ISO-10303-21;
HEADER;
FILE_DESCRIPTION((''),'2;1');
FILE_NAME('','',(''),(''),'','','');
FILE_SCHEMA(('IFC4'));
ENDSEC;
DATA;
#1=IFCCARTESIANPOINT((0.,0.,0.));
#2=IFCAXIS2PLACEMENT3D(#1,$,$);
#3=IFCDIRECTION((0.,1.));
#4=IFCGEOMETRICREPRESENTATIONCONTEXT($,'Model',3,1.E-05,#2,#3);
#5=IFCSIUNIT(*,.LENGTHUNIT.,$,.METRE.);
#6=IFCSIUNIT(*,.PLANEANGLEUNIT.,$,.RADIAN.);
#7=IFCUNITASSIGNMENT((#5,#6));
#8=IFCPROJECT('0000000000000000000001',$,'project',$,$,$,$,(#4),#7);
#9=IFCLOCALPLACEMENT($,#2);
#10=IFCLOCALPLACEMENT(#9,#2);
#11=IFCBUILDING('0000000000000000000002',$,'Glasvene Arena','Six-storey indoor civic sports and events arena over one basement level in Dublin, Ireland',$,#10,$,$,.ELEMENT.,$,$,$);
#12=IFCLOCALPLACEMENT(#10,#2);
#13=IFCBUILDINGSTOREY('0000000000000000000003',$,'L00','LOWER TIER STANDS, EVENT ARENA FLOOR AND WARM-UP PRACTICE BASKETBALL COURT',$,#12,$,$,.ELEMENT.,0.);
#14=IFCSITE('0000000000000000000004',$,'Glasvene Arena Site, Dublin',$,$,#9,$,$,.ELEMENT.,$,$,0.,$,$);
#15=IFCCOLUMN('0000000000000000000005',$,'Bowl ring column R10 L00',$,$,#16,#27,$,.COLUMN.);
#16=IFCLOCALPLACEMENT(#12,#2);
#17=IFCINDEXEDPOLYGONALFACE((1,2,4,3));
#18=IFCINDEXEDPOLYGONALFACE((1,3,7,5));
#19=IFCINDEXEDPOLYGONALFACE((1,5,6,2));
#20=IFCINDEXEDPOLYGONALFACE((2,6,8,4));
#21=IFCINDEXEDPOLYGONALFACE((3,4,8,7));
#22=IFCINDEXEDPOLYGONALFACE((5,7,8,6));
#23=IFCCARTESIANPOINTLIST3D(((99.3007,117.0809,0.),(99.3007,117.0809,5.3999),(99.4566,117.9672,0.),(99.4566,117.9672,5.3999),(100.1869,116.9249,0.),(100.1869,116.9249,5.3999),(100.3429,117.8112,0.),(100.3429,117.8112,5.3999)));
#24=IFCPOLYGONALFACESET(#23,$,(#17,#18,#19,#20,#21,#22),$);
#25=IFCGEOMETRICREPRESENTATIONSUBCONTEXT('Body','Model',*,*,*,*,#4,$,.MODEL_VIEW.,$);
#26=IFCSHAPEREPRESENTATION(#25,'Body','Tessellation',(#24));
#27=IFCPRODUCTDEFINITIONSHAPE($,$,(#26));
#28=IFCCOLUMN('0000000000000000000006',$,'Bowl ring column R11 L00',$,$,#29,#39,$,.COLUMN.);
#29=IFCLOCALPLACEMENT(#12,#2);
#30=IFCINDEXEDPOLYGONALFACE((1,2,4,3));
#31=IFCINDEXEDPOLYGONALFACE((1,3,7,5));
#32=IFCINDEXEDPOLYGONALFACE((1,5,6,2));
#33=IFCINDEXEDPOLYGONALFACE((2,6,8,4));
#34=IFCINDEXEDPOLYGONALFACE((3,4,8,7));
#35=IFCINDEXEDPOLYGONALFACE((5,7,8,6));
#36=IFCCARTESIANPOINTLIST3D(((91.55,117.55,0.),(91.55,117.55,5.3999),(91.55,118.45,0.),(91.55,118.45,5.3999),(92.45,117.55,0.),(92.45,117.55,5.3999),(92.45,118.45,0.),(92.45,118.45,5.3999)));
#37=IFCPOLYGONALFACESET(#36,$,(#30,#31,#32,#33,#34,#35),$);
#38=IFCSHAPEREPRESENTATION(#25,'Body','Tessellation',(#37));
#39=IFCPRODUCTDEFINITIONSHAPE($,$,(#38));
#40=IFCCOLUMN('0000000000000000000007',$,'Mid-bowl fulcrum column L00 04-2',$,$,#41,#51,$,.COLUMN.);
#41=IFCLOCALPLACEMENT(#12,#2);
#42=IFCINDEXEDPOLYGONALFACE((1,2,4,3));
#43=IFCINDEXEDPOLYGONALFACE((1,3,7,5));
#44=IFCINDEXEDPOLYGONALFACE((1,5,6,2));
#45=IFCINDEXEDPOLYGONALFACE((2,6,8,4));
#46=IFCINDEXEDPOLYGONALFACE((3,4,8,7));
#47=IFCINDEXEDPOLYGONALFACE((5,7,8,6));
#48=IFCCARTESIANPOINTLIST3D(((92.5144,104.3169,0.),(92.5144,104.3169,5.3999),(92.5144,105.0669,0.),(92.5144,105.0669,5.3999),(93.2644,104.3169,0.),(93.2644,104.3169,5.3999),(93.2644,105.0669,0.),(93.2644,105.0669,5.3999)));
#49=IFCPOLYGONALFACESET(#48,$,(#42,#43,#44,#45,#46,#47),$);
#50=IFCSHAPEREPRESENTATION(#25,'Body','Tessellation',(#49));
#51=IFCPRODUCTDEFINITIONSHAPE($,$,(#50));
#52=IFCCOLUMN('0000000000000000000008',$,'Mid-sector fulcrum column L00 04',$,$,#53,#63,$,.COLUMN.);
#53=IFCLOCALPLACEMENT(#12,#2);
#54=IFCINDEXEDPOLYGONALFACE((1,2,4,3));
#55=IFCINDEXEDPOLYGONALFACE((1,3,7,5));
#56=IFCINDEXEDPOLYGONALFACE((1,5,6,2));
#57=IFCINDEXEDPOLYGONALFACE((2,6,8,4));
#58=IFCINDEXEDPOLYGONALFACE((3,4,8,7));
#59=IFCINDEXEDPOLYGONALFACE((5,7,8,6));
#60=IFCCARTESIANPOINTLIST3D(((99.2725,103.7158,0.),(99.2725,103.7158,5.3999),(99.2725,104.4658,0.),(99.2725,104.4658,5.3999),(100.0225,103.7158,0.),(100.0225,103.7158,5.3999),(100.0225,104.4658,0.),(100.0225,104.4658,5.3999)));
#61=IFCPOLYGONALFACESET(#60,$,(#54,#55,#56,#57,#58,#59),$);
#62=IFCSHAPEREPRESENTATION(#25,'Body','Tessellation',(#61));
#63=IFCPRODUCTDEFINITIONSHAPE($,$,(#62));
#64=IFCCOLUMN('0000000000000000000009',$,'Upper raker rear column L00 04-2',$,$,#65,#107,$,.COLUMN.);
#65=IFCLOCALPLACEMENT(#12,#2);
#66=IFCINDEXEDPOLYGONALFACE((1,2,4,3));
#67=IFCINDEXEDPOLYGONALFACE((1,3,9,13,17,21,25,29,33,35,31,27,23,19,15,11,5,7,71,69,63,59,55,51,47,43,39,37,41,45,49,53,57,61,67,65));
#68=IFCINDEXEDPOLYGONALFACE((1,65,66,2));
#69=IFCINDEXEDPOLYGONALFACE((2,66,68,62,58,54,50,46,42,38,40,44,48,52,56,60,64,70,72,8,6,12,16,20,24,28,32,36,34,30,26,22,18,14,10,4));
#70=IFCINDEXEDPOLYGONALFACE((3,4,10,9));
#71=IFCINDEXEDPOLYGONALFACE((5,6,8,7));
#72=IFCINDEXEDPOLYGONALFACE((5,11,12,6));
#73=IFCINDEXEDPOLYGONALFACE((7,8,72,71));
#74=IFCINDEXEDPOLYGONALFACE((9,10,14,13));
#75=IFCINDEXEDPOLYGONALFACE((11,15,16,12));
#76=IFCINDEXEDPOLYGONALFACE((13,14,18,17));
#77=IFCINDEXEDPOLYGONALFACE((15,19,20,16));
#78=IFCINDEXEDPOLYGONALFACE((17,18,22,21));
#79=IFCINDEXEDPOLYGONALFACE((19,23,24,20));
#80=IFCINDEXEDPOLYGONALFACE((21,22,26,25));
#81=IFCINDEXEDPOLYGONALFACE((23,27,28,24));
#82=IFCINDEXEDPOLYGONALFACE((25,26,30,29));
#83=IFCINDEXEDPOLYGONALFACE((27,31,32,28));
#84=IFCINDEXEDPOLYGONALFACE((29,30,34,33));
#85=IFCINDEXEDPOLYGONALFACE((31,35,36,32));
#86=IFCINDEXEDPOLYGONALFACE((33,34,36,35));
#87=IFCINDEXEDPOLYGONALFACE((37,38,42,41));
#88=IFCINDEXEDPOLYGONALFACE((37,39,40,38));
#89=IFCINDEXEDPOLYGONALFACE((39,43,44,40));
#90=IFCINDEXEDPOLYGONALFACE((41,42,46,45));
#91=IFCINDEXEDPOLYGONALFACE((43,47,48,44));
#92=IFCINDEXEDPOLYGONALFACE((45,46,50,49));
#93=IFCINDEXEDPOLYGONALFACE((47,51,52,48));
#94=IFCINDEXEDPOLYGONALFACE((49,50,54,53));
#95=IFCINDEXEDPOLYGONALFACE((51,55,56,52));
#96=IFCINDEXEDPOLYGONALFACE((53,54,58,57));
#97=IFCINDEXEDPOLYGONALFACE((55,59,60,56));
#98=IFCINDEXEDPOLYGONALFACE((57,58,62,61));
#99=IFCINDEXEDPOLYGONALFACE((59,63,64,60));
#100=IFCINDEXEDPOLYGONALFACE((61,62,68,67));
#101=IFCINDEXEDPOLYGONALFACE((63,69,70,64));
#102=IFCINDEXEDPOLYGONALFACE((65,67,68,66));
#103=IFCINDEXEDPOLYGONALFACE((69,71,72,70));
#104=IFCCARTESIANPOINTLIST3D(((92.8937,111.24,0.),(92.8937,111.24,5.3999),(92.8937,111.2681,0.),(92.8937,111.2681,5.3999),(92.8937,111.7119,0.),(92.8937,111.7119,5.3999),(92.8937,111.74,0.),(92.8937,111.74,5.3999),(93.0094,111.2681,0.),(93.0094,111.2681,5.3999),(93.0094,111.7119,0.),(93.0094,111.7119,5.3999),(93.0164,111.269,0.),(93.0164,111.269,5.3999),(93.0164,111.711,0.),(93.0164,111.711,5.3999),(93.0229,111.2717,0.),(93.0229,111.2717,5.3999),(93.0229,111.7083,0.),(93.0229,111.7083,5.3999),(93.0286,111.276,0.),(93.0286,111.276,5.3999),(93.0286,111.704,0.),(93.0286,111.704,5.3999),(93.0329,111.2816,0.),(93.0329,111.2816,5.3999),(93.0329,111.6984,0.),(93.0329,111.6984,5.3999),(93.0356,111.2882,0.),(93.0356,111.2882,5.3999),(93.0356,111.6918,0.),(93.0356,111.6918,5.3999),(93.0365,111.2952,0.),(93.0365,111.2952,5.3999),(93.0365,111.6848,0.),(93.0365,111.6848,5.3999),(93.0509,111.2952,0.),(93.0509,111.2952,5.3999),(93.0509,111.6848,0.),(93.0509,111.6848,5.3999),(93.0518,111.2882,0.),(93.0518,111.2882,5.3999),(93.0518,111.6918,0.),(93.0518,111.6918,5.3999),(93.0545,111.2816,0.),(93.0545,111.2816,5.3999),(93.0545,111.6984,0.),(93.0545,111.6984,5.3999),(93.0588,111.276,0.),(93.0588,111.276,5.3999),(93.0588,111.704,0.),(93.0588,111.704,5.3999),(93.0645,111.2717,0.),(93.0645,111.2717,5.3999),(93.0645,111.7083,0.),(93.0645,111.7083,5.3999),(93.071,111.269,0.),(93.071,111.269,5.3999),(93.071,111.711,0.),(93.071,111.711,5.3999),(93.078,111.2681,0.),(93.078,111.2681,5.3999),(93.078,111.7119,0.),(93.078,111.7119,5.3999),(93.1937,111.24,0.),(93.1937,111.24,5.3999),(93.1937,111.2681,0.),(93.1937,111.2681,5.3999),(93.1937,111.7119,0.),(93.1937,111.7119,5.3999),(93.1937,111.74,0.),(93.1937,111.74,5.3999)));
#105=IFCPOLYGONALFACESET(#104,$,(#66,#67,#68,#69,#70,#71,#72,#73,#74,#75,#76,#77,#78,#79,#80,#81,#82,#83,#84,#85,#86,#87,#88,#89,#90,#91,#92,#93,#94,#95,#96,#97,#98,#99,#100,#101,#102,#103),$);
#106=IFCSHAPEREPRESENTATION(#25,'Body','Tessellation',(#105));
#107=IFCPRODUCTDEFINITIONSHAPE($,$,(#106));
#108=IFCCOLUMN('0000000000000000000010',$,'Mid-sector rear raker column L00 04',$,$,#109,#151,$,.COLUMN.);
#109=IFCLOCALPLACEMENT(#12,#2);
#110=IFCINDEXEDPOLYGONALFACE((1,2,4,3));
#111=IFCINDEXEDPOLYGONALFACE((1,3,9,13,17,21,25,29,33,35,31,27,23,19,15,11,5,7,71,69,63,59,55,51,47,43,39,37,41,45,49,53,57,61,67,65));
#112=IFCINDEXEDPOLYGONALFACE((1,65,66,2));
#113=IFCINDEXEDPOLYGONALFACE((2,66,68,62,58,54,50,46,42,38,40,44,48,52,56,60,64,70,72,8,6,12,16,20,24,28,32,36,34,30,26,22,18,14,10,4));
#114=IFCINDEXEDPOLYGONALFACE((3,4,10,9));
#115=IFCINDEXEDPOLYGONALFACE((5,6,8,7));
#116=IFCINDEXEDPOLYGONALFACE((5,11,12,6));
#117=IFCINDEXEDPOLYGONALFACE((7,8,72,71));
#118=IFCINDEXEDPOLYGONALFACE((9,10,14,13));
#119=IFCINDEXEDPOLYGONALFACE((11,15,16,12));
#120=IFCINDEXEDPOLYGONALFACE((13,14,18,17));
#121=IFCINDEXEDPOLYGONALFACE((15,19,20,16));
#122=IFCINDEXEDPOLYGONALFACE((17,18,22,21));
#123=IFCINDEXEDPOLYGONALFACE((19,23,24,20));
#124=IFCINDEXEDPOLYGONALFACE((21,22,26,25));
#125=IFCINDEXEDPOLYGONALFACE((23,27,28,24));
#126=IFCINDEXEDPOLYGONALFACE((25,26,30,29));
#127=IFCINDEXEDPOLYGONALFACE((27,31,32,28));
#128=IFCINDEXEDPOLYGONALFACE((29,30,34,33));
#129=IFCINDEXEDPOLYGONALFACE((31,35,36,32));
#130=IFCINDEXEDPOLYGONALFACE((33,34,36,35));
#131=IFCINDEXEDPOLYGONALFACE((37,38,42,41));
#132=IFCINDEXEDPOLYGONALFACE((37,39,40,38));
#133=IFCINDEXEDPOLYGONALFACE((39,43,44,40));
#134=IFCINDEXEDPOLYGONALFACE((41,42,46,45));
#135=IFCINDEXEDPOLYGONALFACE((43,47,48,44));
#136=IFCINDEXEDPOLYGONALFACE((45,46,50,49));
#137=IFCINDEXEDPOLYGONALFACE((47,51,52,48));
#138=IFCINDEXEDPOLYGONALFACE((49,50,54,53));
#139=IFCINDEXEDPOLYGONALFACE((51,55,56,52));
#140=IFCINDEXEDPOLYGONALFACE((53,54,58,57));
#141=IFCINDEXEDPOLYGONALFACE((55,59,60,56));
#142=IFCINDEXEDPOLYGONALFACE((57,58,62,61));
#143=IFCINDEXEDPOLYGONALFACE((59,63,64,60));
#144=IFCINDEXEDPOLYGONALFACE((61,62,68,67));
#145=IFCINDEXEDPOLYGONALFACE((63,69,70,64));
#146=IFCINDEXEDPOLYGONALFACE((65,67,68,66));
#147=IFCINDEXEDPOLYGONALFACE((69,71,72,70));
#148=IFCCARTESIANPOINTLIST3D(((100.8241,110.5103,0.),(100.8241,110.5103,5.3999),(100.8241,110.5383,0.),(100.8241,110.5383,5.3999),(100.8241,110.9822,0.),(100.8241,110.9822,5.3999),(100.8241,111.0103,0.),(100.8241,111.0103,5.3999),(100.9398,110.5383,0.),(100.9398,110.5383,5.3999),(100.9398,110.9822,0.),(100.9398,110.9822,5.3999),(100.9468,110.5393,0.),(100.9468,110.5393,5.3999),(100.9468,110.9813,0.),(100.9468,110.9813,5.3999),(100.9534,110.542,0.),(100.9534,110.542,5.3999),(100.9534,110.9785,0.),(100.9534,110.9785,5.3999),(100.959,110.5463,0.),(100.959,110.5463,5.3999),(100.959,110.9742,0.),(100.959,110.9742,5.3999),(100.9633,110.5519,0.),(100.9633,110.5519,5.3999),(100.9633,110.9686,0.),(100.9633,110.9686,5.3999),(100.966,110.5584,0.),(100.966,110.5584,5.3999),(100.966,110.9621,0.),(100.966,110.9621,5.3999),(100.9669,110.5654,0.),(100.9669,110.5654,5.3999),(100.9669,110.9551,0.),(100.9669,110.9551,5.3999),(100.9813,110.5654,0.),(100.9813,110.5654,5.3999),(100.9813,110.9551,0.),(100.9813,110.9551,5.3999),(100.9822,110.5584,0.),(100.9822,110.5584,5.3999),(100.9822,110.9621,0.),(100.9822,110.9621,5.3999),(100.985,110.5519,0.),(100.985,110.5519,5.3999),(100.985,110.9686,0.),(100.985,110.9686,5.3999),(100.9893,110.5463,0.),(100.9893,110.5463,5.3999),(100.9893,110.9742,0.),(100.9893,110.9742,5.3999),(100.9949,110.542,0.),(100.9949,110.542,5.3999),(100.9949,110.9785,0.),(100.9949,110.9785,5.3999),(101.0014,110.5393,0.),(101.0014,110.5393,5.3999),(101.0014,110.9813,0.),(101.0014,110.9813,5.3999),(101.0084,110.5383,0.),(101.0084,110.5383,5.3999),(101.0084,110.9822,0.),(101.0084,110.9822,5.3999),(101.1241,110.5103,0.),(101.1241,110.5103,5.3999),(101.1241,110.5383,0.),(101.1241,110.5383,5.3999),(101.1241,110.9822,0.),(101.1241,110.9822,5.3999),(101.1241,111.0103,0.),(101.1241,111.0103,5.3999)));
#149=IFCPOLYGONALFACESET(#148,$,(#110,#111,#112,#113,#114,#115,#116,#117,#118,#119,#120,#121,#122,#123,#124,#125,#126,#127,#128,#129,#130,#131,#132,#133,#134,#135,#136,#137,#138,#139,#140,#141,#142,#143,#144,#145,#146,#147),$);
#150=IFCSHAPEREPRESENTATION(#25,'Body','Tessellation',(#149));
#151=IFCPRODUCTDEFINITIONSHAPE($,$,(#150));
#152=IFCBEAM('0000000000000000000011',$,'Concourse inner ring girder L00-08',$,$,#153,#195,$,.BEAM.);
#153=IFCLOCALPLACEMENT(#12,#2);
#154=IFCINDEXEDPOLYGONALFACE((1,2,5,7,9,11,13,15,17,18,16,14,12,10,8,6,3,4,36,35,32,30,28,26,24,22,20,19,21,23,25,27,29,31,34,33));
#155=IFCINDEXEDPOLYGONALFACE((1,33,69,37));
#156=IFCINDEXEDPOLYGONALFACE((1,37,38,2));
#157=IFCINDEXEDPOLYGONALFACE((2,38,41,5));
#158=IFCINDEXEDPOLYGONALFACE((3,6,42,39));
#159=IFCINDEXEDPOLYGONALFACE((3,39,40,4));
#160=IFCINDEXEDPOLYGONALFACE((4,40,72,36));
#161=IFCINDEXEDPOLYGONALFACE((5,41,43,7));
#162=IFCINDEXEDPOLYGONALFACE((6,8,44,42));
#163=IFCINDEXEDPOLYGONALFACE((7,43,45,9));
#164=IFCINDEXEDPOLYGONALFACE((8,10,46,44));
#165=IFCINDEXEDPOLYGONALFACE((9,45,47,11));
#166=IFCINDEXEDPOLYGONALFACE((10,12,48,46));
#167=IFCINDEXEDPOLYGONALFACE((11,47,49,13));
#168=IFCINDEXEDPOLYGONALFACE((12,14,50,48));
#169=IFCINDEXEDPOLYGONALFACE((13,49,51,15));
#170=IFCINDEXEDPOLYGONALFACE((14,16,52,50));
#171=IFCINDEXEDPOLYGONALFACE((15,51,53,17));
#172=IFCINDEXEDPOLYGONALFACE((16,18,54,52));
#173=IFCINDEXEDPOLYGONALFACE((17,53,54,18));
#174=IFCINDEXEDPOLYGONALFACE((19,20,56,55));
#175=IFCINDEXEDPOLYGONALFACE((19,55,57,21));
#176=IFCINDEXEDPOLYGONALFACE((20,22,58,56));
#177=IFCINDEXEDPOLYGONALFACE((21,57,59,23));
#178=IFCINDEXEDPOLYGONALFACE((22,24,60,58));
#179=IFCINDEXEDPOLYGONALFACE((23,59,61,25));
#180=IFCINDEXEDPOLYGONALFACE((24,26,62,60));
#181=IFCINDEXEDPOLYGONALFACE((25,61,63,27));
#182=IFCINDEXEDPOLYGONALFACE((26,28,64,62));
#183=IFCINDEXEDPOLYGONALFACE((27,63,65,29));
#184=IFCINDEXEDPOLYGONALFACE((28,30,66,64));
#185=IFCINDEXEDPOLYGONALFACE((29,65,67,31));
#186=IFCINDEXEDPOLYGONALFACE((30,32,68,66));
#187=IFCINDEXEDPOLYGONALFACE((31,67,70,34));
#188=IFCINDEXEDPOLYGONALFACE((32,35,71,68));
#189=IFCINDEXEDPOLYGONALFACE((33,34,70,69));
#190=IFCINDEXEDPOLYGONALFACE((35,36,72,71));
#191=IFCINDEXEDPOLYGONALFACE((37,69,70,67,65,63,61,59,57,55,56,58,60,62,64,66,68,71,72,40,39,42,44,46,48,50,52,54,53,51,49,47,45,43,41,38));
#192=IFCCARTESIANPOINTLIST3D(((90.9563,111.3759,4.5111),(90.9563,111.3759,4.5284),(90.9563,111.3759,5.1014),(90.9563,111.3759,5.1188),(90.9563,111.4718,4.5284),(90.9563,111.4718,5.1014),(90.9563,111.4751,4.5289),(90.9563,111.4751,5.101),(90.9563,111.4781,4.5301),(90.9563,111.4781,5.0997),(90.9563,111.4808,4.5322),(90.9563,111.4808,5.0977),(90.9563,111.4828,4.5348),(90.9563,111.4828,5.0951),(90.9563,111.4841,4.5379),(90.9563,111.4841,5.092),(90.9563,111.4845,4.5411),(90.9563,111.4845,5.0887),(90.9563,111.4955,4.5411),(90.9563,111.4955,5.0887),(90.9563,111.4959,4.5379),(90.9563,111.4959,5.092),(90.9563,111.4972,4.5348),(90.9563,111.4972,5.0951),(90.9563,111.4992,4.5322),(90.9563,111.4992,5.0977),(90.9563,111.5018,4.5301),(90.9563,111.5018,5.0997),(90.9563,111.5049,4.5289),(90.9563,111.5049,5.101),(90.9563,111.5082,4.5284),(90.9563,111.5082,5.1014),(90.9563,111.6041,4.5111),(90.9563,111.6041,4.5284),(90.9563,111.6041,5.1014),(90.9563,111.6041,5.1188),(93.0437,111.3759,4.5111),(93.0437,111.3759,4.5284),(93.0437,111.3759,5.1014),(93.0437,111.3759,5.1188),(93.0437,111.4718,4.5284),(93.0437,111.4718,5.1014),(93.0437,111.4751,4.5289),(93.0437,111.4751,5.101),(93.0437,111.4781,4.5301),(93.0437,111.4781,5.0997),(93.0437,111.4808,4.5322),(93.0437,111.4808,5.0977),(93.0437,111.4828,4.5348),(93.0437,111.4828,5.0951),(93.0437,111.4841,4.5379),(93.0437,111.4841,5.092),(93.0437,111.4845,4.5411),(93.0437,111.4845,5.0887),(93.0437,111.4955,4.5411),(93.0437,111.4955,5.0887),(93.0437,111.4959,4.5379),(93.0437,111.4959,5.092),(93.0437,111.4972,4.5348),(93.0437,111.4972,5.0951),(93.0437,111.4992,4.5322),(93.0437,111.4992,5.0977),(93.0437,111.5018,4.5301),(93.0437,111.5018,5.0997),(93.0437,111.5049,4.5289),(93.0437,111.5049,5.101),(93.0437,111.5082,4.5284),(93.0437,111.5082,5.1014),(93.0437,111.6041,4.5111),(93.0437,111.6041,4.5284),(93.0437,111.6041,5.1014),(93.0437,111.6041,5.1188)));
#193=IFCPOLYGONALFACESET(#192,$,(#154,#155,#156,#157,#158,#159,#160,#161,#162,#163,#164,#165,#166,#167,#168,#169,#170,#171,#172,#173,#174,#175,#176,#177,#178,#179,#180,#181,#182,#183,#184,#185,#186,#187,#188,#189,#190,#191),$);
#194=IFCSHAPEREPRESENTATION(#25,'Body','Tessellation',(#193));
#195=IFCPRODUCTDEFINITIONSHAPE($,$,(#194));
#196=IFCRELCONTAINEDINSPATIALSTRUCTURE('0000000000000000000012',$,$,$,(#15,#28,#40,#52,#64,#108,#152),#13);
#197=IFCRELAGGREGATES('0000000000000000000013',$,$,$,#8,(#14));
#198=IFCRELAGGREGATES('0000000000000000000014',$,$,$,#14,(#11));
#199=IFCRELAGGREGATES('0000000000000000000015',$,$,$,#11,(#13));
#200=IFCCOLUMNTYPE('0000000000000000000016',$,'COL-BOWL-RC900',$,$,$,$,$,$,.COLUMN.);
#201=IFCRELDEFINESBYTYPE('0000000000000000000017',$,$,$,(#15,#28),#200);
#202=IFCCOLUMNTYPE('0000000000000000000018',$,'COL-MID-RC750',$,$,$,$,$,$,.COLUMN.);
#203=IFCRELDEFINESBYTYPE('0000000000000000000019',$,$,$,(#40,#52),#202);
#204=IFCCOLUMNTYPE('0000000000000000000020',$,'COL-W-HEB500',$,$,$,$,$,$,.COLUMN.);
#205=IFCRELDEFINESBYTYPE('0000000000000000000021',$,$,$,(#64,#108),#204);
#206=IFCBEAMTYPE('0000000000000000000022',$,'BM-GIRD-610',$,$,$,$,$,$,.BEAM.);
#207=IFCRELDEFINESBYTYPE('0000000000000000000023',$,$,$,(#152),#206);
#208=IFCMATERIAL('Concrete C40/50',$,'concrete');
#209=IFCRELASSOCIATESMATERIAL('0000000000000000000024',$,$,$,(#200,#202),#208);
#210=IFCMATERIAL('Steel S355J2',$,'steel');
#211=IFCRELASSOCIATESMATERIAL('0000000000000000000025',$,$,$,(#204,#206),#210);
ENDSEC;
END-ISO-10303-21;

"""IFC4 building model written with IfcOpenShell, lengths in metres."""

from ifc_helpers import new_model, si_unit, direction, frame, origin, origin_2d, place, context, subcontext, project, spatial, rectangle, i_section, extrude, material, material_profile, profile_set, type_object, element, save


model = new_model("IFC4")

# Units and contexts
model_context = context("Model", 3, precision=1e-05, world=origin(), true_north=direction((0.0, 1.0)))
body_context = subcontext(model_context, "Body", "Model", "MODEL_VIEW")
ifc_project = project(units=[si_unit("LENGTHUNIT", "METRE"), si_unit("PLANEANGLEUNIT", "RADIAN")], contexts=[model_context])

# Site, building, storey
site_placement = place(None, origin())
site = spatial("IfcSite", under=ifc_project, at=site_placement, Name="Glasvene Arena Site, Dublin", CompositionType="ELEMENT", RefElevation=0.0)
building_placement = place(site_placement, origin())
building = spatial("IfcBuilding", under=site, at=building_placement, Name="Glasvene Arena", Description="Six-storey indoor civic sports and events arena over one basement level in Dublin, Ireland", CompositionType="ELEMENT")
storey_placement = place(building_placement, origin())
storey = spatial("IfcBuildingStorey", under=building, at=storey_placement, Name="L00", Description="LOWER TIER STANDS, EVENT ARENA FLOOR AND WARM-UP PRACTICE BASKETBALL COURT", CompositionType="ELEMENT", Elevation=0.0)

# Columns
ifc_material_1 = material(Name="Concrete C40/50", Category="concrete")
ifc_material_profile_1 = material_profile(ifc_material_1, rectangle(XDim=0.8999, YDim=0.8999, at=origin_2d()), Name="RC 900x900")
ifc_profile_set_1 = profile_set([ifc_material_profile_1], Name="Concrete C40/50")
column_type_1 = type_object("IfcColumnType", Name="COL-BOWL-RC900", PredefinedType="COLUMN", material=ifc_profile_set_1)
for number, where, z_axis, x_axis, name in (
    (1, (99.8218, 117.446, 0.0), (0.0, 0.0, 1.0), (0.173304, 0.984868, 0.0), "Bowl ring column R10 L00"),
    (2, (92.0, 118.0, 0.0), (0.0, 0.0, 1.0), (0.0, 1.0, 0.0), "Bowl ring column R11 L00"),
):
    element("IfcColumn", number, at=place(storey_placement, frame(where, z_axis=z_axis, x_axis=x_axis)), inside=storey, type_object=column_type_1, Name=name, PredefinedType="COLUMN", context=body_context, shape_type="SweptSolid", body=[
        extrude(rectangle(XDim=0.8999, YDim=0.8999, at=origin_2d()), origin(), (0.0, 0.0, 1.0), 5.3999),
    ])
ifc_material_profile_2 = material_profile(ifc_material_1, rectangle(XDim=0.75, YDim=0.75, at=origin_2d()), Name="RC 750x750")
ifc_profile_set_2 = profile_set([ifc_material_profile_2], Name="Concrete C40/50")
column_type_2 = type_object("IfcColumnType", Name="COL-MID-RC750", PredefinedType="COLUMN", material=ifc_profile_set_2)
for number, where, z_axis, x_axis, name in (
    (3, (92.8894, 104.6919, 0.0), (0.0, 0.0, 1.0), (1.0, 0.0, 0.0), "Mid-bowl fulcrum column L00 04-2"),
    (4, (99.6475, 104.0908, 0.0), (0.0, 0.0, 1.0), (1.0, 0.0, 0.0), "Mid-sector fulcrum column L00 04"),
):
    element("IfcColumn", number, at=place(storey_placement, frame(where, z_axis=z_axis, x_axis=x_axis)), inside=storey, type_object=column_type_2, Name=name, PredefinedType="COLUMN", context=body_context, shape_type="SweptSolid", body=[
        extrude(rectangle(XDim=0.75, YDim=0.75, at=origin_2d()), origin(), (0.0, 0.0, 1.0), 5.3999),
    ])
ifc_material_2 = material(Name="Steel S355J2", Category="steel")
ifc_material_profile_3 = material_profile(ifc_material_2, i_section(OverallWidth=0.3, OverallDepth=0.5, WebThickness=0.0144, FlangeThickness=0.0281, FilletRadius=0.0271, at=origin_2d()), Name="HEB 500")
ifc_profile_set_3 = profile_set([ifc_material_profile_3], Name="Steel S355J2")
column_type_3 = type_object("IfcColumnType", Name="COL-W-HEB500", PredefinedType="COLUMN", material=ifc_profile_set_3)
for number, where, z_axis, x_axis, name in (
    (5, (93.0437, 111.49, 0.0), (0.0, 0.0, 1.0), (1.0, 0.0, 0.0), "Upper raker rear column L00 04-2"),
    (6, (100.9741, 110.7603, 0.0), (0.0, 0.0, 1.0), (1.0, 0.0, 0.0), "Mid-sector rear raker column L00 04"),
):
    element("IfcColumn", number, at=place(storey_placement, frame(where, z_axis=z_axis, x_axis=x_axis)), inside=storey, type_object=column_type_3, Name=name, PredefinedType="COLUMN", context=body_context, shape_type="SweptSolid", body=[
        extrude(i_section(OverallWidth=0.3, OverallDepth=0.5, WebThickness=0.0144, FlangeThickness=0.0281, FilletRadius=0.0271, at=origin_2d()), origin(), (0.0, 0.0, 1.0), 5.3999),
    ])

# Beam
ifc_material_profile_4 = material_profile(ifc_material_2, i_section(OverallWidth=0.2283, OverallDepth=0.6077, WebThickness=0.011, FlangeThickness=0.0173, FilletRadius=0.0127, at=origin_2d()), Name="UKB 610x229x113")
ifc_profile_set_4 = profile_set([ifc_material_profile_4], Name="Steel S355J2")
beam_type_1 = type_object("IfcBeamType", Name="BM-GIRD-610", PredefinedType="BEAM", material=ifc_profile_set_4)
beam_1_placement = place(storey_placement, frame((93.0437, 111.49, 4.8149), z_axis=(-1.0, 0.0, 0.0), x_axis=(0.0, -1.0, 0.0)))
element("IfcBeam", 7, at=beam_1_placement, inside=storey, type_object=beam_type_1, Name="Concourse inner ring girder L00-08", PredefinedType="BEAM", context=body_context, shape_type="SweptSolid", body=[
    extrude(i_section(OverallWidth=0.2283, OverallDepth=0.6077, WebThickness=0.011, FlangeThickness=0.0173, FilletRadius=0.0127, at=origin_2d()), origin(), (0.0, 0.0, 1.0), 2.0874),
])

save(model, "model.ifc")
